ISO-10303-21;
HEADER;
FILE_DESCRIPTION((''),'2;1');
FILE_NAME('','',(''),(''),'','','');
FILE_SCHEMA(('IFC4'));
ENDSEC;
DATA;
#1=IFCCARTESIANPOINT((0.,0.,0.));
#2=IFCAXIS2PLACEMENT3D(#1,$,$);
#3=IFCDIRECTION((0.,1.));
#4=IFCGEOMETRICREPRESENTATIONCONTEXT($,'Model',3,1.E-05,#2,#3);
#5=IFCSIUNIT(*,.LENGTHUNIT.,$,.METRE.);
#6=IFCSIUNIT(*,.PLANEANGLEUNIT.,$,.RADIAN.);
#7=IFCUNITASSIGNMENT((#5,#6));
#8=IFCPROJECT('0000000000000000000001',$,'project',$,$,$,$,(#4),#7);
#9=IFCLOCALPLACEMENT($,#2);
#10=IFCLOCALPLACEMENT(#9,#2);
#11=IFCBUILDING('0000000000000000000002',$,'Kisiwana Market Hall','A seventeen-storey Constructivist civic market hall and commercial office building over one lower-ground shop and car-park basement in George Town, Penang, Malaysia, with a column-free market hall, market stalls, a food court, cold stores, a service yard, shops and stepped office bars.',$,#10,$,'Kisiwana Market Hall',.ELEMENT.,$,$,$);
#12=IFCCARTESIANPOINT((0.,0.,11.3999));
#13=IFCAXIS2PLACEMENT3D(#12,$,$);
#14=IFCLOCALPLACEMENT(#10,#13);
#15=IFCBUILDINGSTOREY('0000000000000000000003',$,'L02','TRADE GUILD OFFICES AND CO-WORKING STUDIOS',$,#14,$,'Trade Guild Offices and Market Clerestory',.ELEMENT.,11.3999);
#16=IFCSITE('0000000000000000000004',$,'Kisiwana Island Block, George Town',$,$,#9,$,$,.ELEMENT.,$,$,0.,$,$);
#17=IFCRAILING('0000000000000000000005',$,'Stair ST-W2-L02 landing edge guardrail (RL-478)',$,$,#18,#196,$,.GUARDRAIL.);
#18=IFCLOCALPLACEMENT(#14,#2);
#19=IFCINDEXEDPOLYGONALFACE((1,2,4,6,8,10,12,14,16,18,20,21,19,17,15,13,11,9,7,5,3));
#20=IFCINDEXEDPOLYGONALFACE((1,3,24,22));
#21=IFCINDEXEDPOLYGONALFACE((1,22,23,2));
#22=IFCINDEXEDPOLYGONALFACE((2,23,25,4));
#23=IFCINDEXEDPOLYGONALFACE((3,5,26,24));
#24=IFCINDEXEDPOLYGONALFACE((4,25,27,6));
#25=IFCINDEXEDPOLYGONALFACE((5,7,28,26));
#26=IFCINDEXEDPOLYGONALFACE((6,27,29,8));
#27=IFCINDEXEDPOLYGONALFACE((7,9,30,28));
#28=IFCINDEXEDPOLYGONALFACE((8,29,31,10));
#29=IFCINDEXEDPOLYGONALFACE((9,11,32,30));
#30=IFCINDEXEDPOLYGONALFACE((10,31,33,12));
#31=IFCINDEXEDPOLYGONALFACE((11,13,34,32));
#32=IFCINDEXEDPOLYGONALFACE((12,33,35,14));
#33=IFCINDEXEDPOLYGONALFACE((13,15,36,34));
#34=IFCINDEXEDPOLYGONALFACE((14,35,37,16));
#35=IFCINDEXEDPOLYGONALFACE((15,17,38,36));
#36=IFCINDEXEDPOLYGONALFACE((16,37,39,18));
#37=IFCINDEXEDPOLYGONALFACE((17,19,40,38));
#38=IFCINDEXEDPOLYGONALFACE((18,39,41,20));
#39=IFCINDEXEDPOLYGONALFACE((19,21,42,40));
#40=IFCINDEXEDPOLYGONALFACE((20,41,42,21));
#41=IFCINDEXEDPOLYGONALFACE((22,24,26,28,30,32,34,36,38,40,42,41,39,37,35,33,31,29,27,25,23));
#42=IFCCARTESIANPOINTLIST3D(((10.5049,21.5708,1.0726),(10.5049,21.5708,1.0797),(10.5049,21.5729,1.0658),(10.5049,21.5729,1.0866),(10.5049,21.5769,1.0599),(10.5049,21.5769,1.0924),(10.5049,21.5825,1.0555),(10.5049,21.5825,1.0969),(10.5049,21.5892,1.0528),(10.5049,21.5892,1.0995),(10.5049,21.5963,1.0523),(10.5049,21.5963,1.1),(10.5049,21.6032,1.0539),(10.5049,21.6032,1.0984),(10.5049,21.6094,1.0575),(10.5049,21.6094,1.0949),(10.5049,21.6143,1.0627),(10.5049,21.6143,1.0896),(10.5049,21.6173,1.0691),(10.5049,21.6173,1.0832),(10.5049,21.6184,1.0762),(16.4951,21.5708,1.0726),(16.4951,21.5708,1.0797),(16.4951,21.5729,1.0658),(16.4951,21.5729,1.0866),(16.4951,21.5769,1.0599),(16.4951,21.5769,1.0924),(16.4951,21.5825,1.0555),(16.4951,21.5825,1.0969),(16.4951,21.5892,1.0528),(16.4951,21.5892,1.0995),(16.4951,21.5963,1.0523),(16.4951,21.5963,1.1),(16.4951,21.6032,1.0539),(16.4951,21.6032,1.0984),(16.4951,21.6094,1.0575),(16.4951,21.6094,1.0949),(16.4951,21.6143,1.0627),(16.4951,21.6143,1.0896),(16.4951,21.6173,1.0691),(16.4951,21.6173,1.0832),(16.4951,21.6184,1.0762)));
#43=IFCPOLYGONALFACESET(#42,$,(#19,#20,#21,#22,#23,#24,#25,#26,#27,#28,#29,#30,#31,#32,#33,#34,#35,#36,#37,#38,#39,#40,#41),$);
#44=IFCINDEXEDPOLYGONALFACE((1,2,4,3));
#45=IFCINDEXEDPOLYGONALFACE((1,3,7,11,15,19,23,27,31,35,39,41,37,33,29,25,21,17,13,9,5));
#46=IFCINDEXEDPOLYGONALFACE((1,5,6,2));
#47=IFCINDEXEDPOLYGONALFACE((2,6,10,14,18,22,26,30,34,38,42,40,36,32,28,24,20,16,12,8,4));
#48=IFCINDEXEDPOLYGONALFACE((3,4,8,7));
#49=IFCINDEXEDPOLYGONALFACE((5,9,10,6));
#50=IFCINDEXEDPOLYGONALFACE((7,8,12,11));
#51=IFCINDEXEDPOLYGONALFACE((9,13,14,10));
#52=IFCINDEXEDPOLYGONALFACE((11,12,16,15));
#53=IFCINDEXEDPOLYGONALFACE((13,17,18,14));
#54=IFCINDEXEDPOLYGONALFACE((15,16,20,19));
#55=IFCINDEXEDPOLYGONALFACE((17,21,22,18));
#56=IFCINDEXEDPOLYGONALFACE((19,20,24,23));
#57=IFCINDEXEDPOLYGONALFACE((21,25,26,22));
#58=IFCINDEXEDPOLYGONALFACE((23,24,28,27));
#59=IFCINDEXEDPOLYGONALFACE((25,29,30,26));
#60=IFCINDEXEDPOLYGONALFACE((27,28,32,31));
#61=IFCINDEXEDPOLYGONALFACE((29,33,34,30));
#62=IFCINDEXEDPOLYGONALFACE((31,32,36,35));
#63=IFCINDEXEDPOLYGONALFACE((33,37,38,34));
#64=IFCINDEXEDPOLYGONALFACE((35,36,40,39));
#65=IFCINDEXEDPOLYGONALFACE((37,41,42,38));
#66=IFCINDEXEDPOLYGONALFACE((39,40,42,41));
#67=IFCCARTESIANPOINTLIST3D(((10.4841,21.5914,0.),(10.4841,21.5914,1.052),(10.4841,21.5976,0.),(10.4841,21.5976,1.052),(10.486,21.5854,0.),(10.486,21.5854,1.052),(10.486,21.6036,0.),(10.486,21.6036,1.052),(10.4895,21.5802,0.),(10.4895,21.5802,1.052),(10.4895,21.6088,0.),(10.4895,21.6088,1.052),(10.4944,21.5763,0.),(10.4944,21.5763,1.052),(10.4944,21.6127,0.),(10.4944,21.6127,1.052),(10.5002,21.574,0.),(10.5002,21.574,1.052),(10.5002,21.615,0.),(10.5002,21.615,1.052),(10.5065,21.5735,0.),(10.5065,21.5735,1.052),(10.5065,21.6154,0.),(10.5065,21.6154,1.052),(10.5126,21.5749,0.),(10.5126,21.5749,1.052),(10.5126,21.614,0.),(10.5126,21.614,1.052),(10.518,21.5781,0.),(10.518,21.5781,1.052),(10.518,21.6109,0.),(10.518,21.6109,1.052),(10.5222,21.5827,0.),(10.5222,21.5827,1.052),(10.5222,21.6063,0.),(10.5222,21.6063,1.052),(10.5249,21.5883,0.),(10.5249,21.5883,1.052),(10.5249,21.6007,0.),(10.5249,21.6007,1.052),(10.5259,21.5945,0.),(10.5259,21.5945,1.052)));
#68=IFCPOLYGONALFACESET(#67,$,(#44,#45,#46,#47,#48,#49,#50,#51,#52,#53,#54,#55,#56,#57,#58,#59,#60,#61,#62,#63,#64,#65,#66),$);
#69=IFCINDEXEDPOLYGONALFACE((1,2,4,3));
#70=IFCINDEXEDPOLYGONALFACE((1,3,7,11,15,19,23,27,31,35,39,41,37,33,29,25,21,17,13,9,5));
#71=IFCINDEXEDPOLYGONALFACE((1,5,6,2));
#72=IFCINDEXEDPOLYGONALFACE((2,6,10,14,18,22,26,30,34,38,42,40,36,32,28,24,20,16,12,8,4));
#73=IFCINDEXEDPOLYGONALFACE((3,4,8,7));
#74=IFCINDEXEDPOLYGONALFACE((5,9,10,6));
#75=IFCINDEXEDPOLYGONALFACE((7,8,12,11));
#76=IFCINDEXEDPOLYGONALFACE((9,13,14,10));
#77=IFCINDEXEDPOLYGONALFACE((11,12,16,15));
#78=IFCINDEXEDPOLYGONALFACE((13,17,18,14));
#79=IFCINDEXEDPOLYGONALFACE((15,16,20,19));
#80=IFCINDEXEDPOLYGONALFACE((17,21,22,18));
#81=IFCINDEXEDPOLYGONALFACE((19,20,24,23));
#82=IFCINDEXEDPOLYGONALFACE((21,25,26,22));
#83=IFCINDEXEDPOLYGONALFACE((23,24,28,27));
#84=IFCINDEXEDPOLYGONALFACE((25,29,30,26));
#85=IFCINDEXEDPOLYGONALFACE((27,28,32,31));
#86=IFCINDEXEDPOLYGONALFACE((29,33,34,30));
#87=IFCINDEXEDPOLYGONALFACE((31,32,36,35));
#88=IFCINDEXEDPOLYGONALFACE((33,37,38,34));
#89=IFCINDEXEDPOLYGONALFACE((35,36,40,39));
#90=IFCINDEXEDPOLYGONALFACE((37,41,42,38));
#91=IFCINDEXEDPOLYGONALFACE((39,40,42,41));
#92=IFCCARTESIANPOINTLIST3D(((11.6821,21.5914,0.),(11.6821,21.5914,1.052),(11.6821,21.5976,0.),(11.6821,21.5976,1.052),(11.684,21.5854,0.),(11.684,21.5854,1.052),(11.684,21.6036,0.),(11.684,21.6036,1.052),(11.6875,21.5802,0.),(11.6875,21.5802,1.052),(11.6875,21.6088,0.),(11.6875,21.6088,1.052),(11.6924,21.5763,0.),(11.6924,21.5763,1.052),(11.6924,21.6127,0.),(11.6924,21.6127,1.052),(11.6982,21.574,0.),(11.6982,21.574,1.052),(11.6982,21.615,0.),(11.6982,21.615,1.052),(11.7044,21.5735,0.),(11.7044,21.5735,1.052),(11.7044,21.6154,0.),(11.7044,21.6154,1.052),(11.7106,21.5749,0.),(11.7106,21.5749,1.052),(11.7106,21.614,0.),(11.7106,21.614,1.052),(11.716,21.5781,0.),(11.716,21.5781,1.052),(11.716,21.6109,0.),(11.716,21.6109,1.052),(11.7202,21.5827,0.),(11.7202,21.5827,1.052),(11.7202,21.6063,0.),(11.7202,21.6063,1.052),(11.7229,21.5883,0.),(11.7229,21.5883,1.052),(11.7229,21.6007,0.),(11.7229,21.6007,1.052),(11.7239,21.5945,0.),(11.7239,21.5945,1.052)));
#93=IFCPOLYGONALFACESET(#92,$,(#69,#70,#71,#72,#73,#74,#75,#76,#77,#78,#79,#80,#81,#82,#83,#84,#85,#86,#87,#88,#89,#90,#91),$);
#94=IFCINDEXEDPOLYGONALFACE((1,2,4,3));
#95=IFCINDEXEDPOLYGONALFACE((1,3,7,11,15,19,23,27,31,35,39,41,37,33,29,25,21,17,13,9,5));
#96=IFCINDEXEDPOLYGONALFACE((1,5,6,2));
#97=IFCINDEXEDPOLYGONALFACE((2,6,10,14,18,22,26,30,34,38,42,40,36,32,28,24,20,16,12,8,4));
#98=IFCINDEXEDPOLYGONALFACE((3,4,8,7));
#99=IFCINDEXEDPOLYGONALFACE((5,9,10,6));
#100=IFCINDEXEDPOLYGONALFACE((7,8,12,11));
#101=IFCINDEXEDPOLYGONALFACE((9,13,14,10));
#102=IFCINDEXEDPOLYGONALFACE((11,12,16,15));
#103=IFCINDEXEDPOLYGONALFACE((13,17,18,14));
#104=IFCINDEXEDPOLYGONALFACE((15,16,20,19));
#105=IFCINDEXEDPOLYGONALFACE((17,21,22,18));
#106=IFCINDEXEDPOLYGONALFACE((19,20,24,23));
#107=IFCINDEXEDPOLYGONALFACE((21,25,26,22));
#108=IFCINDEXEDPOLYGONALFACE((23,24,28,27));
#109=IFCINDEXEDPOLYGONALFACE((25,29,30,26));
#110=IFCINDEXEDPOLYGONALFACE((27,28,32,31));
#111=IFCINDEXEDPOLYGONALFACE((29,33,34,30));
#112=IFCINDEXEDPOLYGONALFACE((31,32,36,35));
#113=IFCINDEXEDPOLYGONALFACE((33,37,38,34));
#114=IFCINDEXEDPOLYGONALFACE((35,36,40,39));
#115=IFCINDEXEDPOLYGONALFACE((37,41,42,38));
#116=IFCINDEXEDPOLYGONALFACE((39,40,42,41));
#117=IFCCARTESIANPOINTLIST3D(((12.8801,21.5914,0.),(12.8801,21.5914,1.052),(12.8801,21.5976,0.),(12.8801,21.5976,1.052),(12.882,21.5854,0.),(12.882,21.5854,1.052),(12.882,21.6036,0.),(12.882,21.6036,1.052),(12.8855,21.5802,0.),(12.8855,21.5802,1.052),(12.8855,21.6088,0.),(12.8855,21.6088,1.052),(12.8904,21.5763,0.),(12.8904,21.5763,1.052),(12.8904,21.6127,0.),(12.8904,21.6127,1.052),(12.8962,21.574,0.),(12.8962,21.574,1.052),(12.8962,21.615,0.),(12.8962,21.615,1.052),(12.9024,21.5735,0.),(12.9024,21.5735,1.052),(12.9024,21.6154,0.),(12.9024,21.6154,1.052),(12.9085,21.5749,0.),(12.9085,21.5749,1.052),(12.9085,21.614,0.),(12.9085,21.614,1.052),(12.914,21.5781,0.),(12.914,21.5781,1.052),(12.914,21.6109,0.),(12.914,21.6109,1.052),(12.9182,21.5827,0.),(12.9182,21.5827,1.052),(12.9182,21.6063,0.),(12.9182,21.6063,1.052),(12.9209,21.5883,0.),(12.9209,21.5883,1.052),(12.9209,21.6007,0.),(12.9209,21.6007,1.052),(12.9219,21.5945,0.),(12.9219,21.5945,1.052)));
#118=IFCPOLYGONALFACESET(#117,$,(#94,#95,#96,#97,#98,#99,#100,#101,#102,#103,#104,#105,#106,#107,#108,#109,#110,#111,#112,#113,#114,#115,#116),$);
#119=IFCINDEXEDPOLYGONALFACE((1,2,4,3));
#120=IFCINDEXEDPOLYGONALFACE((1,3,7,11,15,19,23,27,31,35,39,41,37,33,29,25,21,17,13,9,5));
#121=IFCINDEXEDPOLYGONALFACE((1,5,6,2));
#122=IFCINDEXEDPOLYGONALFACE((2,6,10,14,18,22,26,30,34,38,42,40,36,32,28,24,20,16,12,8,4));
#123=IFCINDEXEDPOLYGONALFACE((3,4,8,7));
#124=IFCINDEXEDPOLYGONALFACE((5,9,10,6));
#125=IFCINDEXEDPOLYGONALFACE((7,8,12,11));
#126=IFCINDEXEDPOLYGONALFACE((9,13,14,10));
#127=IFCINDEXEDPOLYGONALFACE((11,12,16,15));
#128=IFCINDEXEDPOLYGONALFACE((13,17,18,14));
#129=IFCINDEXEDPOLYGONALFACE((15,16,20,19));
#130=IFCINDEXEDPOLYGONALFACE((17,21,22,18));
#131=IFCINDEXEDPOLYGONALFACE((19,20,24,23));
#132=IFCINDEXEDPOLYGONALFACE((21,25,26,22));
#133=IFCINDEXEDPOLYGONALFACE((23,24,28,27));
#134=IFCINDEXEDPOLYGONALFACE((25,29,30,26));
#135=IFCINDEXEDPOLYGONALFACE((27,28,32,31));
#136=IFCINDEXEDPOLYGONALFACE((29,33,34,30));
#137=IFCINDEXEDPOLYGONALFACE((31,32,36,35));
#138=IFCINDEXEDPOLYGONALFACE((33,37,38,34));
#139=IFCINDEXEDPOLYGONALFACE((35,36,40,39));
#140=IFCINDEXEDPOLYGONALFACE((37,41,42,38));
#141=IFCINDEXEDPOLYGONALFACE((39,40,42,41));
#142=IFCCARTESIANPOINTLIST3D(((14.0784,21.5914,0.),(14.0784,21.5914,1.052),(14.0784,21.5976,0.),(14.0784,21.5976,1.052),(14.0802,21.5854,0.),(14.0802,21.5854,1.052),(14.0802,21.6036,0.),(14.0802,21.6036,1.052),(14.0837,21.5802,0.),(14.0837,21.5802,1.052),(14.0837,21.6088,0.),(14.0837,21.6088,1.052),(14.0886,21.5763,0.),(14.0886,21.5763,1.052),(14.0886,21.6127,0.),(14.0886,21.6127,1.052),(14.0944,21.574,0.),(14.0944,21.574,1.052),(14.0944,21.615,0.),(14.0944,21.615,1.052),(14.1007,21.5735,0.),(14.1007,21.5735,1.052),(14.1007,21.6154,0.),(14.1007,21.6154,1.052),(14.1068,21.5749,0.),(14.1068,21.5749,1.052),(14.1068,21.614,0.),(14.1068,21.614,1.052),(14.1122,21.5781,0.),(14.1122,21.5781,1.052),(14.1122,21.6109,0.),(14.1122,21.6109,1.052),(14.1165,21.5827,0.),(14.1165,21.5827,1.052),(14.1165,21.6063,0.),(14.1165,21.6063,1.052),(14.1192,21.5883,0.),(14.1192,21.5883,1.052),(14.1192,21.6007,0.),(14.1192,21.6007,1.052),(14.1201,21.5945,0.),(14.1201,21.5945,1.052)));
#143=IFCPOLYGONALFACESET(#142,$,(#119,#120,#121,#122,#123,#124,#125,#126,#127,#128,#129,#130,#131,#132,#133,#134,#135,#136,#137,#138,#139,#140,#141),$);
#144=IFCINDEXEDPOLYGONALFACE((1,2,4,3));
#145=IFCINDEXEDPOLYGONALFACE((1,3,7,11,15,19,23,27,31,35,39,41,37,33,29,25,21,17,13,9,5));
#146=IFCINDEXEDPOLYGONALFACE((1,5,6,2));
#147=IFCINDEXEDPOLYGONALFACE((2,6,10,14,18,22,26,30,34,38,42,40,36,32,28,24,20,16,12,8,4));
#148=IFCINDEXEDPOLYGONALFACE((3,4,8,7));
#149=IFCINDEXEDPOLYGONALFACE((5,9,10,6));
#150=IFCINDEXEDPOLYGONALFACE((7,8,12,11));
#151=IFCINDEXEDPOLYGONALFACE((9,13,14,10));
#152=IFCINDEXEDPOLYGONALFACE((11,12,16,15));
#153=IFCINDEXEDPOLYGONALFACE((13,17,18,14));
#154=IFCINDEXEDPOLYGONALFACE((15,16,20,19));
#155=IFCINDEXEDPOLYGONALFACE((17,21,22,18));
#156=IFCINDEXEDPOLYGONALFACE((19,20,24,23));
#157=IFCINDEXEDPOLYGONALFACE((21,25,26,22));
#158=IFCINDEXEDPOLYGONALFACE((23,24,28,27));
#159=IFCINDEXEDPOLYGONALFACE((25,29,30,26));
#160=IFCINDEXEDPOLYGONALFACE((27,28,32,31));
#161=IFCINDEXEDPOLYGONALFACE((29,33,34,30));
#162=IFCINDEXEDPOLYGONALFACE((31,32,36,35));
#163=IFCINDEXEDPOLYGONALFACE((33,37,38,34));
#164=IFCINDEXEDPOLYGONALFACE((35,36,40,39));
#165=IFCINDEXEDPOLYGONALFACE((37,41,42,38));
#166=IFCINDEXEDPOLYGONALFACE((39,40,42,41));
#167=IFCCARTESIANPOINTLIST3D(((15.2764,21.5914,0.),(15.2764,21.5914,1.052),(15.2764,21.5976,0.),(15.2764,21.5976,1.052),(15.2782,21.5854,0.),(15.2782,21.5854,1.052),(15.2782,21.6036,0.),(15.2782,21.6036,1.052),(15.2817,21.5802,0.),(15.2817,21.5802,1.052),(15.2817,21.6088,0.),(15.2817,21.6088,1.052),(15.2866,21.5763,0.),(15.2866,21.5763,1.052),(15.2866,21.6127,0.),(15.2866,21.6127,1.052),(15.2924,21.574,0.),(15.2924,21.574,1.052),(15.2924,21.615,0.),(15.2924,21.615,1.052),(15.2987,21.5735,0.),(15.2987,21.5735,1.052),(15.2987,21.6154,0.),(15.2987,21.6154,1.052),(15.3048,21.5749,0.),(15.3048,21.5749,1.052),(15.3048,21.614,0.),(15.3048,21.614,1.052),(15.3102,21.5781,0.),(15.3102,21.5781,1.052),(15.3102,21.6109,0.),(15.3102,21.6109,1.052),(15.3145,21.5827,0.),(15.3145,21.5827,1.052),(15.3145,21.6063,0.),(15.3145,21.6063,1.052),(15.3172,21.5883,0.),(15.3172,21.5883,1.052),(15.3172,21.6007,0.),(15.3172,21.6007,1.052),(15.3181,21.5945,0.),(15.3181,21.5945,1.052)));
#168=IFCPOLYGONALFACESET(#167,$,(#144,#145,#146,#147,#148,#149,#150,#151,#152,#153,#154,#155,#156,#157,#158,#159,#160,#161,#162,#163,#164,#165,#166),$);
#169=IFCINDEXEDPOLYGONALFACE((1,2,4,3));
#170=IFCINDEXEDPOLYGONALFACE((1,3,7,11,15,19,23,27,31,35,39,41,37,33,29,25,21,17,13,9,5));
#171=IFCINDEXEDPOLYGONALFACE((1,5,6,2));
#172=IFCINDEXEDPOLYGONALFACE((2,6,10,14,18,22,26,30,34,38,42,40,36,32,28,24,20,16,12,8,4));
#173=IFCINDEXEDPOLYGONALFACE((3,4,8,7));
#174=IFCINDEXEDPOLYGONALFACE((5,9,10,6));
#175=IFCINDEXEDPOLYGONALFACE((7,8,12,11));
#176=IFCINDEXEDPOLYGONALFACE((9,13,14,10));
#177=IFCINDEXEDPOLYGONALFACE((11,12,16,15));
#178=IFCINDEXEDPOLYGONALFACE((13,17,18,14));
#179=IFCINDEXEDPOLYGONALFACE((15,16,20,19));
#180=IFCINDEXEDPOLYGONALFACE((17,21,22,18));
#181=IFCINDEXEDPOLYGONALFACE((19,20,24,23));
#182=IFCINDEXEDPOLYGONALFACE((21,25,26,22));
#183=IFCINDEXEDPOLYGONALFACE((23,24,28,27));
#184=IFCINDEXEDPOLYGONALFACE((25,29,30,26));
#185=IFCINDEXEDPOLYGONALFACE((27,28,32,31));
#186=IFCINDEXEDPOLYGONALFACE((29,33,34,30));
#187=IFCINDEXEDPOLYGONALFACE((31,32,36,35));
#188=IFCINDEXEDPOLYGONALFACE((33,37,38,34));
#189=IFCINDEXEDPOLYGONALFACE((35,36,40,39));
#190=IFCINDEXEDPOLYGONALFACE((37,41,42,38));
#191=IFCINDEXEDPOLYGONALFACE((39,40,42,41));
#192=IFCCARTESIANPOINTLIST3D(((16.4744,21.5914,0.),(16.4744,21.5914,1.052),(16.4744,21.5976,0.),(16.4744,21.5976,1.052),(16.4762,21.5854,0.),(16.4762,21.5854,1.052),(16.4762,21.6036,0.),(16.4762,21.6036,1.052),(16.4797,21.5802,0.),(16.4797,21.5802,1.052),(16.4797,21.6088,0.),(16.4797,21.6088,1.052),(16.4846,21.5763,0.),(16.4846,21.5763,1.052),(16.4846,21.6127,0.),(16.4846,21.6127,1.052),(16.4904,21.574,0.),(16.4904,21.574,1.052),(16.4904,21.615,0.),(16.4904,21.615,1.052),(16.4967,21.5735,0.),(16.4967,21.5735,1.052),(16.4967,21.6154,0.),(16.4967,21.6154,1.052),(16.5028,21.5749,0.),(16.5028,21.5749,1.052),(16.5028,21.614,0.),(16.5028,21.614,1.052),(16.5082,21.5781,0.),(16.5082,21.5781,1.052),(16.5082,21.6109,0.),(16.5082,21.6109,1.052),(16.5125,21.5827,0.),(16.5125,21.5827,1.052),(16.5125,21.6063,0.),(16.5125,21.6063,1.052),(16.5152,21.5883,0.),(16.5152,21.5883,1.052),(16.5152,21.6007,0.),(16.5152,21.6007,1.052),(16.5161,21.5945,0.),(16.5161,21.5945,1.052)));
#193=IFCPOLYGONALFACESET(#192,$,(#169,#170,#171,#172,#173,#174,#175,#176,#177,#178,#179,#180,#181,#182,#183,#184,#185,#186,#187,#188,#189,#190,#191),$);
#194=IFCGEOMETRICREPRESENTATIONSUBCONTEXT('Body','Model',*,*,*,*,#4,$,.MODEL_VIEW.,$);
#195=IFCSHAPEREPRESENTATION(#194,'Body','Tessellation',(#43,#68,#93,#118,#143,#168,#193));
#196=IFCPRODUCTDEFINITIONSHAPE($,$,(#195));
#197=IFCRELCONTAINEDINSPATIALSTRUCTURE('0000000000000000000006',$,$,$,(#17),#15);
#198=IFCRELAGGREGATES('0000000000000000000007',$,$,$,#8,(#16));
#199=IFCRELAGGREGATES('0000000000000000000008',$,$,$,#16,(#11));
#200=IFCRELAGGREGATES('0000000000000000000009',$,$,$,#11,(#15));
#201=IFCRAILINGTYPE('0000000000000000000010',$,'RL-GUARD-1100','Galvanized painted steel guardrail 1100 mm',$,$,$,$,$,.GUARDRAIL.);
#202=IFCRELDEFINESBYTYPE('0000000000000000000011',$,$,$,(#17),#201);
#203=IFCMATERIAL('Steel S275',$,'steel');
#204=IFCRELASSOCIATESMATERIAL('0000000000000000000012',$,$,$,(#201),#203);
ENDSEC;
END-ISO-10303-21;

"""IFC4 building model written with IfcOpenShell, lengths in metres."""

from ifc_helpers import new_model, si_unit, direction, frame, origin, origin_2d, place, context, subcontext, project, spatial, circle, extrude, material, type_object, element, save


model = new_model("IFC4")

# Units and contexts
model_context = context("Model", 3, precision=1e-05, world=origin(), true_north=direction((0.0, 1.0)))
body_context = subcontext(model_context, "Body", "Model", "MODEL_VIEW")
ifc_project = project(units=[si_unit("LENGTHUNIT", "METRE"), si_unit("PLANEANGLEUNIT", "RADIAN")], contexts=[model_context])

# Site, building, storey
site_placement = place(None, origin())
site = spatial("IfcSite", under=ifc_project, at=site_placement, Name="Kisiwana Island Block, George Town", CompositionType="ELEMENT", RefElevation=0.0)
building_placement = place(site_placement, origin())
building = spatial("IfcBuilding", under=site, at=building_placement, Name="Kisiwana Market Hall", Description="A seventeen-storey Constructivist civic market hall and commercial office building over one lower-ground shop and car-park basement in George Town, Penang, Malaysia, with a column-free market hall, market stalls, a food court, cold stores, a service yard, shops and stepped office bars.", LongName="Kisiwana Market Hall", CompositionType="ELEMENT")
storey_placement = place(building_placement, frame((0.0, 0.0, 11.3999)))
storey = spatial("IfcBuildingStorey", under=building, at=storey_placement, Name="L02", Description="TRADE GUILD OFFICES AND CO-WORKING STUDIOS", LongName="Trade Guild Offices and Market Clerestory", CompositionType="ELEMENT", Elevation=11.3999)

# Railing
ifc_material_1 = material(Name="Steel S275", Category="steel")
railing_type_1 = type_object("IfcRailingType", Name="RL-GUARD-1100", Description="Galvanized painted steel guardrail 1100 mm", PredefinedType="GUARDRAIL", material=ifc_material_1)
railing_1_placement = place(storey_placement, frame((10.5049, 21.5945, 0.0)))
element("IfcRailing", 1, at=railing_1_placement, inside=storey, type_object=railing_type_1, Name="Stair ST-W2-L02 landing edge guardrail (RL-478)", PredefinedType="GUARDRAIL", context=body_context, shape_type="SweptSolid", body=[
    extrude(circle(Radius=0.0239, at=origin_2d()), frame((0.0, 0.0, 1.0762), z_axis=(1.0, 0.0, 0.0), x_axis=(0.0, 1.0, 0.0)), (0.0, 0.0, 1.0), 5.9902),
    extrude(circle(Radius=0.021, at=origin_2d()), origin(), (0.0, 0.0, 1.0), 1.052),
    extrude(circle(Radius=0.021, at=origin_2d()), frame((1.198, 0.0, 0.0)), (0.0, 0.0, 1.0), 1.052),
    extrude(circle(Radius=0.021, at=origin_2d()), frame((2.396, 0.0, 0.0)), (0.0, 0.0, 1.0), 1.052),
    extrude(circle(Radius=0.021, at=origin_2d()), frame((3.5942, 0.0, 0.0)), (0.0, 0.0, 1.0), 1.052),
    extrude(circle(Radius=0.021, at=origin_2d()), frame((4.7922, 0.0, 0.0)), (0.0, 0.0, 1.0), 1.052),
    extrude(circle(Radius=0.021, at=origin_2d()), frame((5.9902, 0.0, 0.0)), (0.0, 0.0, 1.0), 1.052),
])

save(model, "model.ifc")
